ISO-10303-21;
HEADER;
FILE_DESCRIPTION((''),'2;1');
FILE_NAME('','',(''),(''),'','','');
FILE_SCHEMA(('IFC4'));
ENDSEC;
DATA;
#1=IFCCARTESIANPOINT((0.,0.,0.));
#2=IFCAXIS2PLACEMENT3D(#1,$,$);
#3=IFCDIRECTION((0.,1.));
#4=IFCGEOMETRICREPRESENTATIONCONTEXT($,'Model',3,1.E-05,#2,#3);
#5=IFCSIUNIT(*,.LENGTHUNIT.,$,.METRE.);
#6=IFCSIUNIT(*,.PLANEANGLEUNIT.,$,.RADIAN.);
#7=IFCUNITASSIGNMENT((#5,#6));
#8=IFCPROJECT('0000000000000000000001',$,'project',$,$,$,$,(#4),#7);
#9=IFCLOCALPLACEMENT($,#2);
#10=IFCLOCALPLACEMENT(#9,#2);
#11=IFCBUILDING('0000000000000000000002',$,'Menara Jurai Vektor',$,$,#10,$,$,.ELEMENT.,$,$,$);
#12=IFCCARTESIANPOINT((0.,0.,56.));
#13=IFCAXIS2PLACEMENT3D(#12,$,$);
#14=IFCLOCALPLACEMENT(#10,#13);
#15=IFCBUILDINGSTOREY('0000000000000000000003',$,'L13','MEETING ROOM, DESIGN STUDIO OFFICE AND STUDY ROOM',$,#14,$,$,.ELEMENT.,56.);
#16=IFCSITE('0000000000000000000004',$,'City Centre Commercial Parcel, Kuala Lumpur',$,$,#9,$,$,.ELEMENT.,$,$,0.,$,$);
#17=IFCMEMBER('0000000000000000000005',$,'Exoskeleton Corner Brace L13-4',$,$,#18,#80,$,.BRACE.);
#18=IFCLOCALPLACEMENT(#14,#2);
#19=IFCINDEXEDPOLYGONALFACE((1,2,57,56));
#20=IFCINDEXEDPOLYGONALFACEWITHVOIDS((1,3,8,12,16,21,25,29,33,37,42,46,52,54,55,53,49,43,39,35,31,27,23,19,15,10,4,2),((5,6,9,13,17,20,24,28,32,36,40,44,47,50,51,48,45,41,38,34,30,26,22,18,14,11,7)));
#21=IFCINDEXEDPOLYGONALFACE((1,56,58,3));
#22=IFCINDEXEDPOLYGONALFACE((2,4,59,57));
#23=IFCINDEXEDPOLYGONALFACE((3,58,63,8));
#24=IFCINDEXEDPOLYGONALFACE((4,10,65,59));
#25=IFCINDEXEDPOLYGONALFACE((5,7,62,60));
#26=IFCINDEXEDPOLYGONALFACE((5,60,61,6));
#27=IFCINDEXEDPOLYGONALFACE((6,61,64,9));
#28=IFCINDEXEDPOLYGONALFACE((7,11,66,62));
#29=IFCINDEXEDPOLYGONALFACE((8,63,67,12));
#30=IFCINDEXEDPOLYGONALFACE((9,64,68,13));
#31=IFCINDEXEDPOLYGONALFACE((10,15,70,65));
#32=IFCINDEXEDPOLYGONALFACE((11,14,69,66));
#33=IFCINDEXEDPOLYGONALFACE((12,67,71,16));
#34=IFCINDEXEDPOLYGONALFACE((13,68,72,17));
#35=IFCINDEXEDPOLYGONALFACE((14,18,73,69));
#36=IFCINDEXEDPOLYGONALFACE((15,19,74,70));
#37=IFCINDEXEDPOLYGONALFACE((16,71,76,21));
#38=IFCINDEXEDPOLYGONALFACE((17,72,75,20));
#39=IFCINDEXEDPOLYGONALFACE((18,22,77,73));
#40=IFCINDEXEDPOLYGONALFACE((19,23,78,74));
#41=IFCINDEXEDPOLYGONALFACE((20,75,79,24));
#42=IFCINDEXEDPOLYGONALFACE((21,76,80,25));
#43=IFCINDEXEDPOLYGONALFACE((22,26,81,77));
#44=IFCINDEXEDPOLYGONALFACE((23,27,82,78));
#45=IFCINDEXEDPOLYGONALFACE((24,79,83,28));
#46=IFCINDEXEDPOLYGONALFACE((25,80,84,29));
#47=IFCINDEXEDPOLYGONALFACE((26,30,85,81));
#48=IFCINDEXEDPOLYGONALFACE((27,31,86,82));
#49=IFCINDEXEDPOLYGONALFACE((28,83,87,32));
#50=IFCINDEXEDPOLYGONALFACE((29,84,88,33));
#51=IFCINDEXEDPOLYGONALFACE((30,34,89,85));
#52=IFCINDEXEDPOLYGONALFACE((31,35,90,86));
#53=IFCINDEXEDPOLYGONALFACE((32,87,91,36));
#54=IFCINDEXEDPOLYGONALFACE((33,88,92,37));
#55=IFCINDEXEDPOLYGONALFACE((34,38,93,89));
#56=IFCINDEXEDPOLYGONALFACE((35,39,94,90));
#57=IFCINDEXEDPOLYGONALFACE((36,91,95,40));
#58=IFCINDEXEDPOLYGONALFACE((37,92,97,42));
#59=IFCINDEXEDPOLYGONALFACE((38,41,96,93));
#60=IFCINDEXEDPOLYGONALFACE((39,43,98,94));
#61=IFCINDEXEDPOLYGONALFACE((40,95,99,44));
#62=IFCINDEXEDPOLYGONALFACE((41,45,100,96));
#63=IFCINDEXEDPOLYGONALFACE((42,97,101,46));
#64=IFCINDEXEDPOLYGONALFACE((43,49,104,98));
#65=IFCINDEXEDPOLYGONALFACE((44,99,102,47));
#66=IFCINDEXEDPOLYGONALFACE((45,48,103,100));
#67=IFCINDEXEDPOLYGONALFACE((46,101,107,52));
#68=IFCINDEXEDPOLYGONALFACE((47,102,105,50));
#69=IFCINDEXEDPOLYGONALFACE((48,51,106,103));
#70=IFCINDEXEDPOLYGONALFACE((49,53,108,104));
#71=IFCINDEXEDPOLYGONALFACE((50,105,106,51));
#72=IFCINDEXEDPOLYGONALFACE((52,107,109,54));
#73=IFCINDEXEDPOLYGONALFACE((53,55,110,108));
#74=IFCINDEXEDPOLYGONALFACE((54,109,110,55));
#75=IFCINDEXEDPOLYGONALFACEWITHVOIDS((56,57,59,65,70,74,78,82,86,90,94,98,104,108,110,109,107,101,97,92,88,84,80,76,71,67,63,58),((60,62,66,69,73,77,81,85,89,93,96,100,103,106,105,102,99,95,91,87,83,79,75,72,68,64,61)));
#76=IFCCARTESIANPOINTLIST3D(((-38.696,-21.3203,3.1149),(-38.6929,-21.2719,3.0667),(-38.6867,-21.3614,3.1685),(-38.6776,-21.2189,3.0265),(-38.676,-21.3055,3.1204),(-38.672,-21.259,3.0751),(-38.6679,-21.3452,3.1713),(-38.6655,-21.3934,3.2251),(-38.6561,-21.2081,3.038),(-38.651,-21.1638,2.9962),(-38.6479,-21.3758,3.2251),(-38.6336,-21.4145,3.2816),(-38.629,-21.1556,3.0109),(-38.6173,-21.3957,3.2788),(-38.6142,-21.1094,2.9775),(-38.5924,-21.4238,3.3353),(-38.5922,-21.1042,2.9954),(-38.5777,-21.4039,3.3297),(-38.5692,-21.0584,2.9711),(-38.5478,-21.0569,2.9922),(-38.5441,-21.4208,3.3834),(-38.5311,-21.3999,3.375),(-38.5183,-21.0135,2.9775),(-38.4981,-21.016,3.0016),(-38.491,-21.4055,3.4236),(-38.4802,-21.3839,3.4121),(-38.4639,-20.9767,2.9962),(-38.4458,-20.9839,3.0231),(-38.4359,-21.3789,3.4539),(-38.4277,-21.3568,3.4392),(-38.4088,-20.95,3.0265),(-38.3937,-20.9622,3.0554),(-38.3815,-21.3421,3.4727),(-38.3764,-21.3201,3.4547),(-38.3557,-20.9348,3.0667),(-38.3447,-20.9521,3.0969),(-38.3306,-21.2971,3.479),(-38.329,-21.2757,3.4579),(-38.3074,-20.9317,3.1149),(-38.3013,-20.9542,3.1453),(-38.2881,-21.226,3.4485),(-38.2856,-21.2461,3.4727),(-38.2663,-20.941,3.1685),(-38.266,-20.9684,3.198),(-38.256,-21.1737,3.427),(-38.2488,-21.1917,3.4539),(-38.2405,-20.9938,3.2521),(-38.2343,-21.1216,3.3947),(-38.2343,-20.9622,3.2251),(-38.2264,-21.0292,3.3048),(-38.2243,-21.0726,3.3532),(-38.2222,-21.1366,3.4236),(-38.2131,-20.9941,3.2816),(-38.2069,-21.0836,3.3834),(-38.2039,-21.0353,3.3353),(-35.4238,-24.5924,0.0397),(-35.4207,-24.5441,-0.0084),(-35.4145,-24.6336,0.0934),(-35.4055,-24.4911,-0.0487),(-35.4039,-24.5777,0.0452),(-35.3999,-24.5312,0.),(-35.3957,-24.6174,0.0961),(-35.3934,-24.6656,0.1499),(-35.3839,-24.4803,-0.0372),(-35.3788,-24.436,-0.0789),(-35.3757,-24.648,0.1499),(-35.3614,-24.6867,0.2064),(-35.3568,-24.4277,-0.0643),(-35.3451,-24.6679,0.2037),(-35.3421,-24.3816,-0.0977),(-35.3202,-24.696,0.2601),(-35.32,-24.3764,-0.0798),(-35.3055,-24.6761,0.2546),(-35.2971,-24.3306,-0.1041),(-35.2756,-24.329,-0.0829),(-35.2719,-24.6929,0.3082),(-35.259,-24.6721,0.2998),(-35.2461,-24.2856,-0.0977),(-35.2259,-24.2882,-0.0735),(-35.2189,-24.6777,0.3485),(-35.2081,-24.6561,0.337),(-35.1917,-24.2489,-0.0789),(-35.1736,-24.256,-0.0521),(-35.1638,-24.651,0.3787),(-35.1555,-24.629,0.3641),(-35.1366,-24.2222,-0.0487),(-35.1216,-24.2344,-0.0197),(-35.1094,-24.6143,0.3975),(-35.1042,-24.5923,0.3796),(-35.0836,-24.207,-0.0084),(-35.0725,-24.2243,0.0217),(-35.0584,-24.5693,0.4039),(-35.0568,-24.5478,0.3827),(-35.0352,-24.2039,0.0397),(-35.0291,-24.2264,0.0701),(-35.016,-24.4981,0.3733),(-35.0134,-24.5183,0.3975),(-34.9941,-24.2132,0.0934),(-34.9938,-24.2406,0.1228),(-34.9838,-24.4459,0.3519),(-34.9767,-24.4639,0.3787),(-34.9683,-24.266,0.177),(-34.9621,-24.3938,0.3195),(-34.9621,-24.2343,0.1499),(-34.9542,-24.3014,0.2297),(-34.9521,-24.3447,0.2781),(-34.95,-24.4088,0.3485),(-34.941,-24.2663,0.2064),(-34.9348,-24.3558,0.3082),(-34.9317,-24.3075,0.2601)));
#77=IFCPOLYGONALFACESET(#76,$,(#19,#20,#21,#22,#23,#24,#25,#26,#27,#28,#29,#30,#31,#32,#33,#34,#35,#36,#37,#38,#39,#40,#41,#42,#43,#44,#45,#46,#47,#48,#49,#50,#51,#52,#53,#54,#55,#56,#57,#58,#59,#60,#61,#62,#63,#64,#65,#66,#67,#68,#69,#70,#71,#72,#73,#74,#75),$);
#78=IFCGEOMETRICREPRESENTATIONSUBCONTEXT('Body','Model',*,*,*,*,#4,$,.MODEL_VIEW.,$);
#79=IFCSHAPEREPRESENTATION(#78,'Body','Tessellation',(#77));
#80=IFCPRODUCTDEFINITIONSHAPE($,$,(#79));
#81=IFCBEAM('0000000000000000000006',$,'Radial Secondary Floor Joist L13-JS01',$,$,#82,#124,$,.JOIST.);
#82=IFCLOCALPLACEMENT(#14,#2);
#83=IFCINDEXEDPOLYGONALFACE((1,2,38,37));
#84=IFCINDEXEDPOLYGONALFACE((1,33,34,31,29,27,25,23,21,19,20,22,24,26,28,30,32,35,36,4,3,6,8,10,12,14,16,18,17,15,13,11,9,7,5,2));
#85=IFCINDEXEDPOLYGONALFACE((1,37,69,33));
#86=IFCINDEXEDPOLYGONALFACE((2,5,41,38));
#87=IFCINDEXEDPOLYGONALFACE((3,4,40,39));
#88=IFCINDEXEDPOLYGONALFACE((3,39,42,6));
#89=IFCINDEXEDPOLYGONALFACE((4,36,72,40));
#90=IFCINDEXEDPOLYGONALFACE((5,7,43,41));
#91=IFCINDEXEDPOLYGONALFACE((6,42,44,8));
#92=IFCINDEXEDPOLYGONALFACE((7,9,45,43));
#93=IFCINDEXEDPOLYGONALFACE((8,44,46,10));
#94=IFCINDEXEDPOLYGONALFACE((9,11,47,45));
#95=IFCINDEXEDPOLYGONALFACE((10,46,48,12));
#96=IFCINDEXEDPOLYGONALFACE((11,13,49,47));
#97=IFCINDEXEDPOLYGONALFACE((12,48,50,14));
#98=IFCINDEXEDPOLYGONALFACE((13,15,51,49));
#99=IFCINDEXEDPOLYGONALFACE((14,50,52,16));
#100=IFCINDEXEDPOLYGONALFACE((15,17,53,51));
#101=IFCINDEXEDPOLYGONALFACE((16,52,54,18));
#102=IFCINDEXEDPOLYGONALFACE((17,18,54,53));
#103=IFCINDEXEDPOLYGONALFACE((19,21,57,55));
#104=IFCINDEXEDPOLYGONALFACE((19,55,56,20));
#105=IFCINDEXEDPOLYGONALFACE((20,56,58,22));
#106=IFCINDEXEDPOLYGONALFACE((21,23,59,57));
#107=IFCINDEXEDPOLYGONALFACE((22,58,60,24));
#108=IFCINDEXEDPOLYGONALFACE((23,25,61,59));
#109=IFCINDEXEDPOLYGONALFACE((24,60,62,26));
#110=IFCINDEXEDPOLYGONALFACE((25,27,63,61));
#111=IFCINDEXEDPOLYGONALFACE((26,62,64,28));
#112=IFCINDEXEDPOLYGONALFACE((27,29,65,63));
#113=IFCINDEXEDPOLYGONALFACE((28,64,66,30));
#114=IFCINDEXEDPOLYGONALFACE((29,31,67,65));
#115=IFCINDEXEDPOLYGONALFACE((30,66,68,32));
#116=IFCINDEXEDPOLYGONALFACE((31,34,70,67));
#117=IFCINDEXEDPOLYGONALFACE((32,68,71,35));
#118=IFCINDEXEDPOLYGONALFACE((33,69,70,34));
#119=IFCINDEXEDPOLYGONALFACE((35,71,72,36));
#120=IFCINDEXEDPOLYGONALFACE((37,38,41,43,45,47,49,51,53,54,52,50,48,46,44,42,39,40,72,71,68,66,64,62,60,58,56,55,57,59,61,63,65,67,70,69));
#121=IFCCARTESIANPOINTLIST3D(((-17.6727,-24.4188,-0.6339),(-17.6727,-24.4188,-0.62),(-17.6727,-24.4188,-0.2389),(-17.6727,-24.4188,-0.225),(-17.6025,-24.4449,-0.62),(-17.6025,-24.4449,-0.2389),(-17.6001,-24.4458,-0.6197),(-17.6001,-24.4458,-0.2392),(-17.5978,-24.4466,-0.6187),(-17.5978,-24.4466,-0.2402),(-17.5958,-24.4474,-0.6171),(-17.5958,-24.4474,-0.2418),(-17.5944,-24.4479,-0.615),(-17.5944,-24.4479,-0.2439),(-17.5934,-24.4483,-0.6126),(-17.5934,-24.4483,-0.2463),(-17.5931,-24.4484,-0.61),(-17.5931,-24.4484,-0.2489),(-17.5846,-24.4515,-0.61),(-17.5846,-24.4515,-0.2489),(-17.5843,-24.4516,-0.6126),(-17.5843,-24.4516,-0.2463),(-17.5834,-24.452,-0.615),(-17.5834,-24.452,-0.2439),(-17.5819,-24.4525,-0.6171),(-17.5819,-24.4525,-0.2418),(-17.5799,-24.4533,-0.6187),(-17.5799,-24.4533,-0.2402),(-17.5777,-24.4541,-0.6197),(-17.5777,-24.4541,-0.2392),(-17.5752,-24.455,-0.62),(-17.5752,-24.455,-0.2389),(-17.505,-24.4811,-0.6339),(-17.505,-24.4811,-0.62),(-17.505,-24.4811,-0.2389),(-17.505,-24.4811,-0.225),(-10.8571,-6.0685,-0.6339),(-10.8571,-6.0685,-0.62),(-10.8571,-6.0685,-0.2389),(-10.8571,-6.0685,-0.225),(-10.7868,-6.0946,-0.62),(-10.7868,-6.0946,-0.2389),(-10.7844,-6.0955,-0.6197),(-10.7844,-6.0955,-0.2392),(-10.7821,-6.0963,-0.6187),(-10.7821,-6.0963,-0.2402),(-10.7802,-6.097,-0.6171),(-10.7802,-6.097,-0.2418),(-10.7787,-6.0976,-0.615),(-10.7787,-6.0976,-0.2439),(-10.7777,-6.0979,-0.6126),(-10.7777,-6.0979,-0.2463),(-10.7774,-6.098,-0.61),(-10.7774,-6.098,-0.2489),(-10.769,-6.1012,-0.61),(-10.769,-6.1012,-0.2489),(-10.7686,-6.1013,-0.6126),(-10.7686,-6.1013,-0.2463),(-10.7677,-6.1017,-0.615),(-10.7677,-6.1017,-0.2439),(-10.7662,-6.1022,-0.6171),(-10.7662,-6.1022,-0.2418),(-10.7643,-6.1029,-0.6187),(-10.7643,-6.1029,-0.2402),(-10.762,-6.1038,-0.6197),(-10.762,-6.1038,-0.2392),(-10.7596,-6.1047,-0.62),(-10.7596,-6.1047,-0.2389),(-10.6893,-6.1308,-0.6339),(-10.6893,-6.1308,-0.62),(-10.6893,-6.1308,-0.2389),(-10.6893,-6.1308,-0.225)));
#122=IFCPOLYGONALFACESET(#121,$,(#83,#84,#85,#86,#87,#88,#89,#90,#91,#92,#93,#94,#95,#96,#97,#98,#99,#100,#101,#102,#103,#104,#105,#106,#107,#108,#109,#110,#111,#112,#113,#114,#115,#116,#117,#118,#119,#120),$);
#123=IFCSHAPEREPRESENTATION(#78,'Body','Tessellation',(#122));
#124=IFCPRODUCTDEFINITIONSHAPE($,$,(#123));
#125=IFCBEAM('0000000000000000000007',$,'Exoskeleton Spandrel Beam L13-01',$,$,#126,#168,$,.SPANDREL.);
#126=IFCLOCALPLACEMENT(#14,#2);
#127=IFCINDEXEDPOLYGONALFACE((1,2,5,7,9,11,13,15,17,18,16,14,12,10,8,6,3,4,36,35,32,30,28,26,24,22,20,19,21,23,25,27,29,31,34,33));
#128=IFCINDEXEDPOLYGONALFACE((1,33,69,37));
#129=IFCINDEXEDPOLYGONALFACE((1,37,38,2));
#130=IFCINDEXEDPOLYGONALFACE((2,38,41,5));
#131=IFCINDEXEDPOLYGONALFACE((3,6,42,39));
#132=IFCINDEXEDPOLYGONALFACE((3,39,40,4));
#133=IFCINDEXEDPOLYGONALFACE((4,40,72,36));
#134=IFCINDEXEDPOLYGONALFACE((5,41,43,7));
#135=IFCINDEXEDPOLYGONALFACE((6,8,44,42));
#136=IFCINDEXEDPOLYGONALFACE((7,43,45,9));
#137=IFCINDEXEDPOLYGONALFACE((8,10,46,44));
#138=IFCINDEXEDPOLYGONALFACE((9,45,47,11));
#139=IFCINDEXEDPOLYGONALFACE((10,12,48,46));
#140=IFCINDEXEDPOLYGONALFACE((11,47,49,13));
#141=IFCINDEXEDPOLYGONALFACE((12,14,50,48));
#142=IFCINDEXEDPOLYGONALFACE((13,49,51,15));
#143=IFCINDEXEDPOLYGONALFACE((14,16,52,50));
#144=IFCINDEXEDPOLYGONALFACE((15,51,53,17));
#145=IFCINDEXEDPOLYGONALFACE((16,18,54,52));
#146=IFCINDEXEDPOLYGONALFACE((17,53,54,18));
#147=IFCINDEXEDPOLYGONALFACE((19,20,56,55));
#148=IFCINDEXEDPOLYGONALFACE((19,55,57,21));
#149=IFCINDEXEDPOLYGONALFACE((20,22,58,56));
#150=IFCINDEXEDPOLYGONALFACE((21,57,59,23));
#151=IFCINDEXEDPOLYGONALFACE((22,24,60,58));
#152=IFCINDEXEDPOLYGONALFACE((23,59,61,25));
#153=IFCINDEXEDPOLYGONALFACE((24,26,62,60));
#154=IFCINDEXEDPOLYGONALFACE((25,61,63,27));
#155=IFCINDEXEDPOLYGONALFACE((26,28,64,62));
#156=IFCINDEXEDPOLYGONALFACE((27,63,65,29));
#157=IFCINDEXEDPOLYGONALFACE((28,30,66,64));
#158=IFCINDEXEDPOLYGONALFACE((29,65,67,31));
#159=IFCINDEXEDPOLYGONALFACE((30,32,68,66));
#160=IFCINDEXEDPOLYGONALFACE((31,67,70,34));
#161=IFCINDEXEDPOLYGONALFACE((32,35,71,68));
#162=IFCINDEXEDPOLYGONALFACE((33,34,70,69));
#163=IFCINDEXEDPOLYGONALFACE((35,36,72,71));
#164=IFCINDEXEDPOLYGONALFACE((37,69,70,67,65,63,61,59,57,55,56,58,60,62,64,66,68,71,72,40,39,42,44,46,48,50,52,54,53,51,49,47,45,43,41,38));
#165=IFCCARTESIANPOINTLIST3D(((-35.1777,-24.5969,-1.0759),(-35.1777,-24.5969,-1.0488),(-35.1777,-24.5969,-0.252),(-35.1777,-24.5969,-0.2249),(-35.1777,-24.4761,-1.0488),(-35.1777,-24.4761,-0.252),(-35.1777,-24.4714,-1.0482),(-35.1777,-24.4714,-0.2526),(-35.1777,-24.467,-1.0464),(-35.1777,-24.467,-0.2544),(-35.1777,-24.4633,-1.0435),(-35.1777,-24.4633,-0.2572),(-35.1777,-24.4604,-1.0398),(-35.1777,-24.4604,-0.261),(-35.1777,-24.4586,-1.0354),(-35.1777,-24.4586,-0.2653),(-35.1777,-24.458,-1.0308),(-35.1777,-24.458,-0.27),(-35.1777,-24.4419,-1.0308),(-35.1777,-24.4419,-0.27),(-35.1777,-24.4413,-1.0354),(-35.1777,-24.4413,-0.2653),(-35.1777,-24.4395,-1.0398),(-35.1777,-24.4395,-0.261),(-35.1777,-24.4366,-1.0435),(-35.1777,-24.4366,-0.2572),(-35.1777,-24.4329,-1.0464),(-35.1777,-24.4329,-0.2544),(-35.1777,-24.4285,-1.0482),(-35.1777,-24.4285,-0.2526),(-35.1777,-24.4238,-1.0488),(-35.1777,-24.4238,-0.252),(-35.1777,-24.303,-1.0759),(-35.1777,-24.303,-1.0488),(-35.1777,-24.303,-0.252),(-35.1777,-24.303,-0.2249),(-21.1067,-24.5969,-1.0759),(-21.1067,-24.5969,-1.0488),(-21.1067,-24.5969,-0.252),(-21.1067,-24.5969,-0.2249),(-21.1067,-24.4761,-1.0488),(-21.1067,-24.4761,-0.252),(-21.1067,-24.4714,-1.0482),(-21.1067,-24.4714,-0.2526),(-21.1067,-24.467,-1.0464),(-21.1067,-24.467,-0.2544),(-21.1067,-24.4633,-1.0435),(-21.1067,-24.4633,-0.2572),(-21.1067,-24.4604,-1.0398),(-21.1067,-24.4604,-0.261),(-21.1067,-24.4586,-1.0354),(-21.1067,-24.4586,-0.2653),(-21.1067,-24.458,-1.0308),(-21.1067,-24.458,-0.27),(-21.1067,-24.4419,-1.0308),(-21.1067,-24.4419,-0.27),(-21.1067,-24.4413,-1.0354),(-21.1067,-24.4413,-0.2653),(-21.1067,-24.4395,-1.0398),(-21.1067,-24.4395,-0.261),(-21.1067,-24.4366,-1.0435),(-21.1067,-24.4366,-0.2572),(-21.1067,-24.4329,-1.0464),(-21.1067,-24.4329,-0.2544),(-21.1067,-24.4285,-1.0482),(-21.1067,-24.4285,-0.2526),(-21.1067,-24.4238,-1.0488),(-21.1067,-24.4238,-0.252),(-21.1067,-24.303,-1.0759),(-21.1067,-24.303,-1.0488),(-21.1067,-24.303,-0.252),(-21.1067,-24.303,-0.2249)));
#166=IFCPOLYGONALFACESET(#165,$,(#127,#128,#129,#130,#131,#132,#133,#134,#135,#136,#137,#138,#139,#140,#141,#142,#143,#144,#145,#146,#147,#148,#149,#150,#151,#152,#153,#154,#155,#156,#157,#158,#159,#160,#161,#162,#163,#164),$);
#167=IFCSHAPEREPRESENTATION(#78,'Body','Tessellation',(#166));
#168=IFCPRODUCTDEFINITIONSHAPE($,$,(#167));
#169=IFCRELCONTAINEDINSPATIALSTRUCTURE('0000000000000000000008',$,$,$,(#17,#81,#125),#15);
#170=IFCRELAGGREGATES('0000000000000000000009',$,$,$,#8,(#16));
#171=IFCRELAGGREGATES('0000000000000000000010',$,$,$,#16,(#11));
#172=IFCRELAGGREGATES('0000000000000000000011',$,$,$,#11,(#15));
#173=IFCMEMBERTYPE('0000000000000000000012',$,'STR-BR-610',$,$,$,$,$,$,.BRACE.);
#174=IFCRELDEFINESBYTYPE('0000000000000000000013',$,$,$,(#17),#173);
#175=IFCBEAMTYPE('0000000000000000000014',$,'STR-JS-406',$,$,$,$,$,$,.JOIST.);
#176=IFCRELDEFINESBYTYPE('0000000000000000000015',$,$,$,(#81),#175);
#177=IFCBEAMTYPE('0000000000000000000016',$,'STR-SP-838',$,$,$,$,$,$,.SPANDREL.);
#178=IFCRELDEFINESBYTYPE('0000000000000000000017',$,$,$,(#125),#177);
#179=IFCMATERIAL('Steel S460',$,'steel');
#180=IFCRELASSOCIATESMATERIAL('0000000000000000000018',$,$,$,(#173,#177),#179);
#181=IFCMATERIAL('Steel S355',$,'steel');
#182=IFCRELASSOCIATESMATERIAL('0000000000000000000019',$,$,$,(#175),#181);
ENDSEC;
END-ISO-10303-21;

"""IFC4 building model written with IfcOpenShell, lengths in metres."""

from ifc_helpers import new_model, si_unit, direction, frame, origin, origin_2d, place, context, subcontext, project, spatial, hollow_circle, i_section, extrude, material, material_profile, profile_set, type_object, element, save


model = new_model("IFC4")

# Units and contexts
model_context = context("Model", 3, precision=1e-05, world=origin(), true_north=direction((0.0, 1.0)))
body_context = subcontext(model_context, "Body", "Model", "MODEL_VIEW")
ifc_project = project(units=[si_unit("LENGTHUNIT", "METRE"), si_unit("PLANEANGLEUNIT", "RADIAN")], contexts=[model_context])

# Site, building, storey
site_placement = place(None, origin())
site = spatial("IfcSite", under=ifc_project, at=site_placement, Name="City Centre Commercial Parcel, Kuala Lumpur", CompositionType="ELEMENT", RefElevation=0.0)
building_placement = place(site_placement, origin())
building = spatial("IfcBuilding", under=site, at=building_placement, Name="Menara Jurai Vektor", CompositionType="ELEMENT")
storey_placement = place(building_placement, frame((0.0, 0.0, 56.0)))
storey = spatial("IfcBuildingStorey", under=building, at=storey_placement, Name="L13", Description="MEETING ROOM, DESIGN STUDIO OFFICE AND STUDY ROOM", CompositionType="ELEMENT", Elevation=56.0)

# Shared definitions
ifc_material_1 = material(Name="Steel S460", Category="steel")

# Shared definitions
ifc_material_2 = material(Name="Steel S355", Category="steel")

# Member
ifc_material_profile_1 = material_profile(ifc_material_1, hollow_circle(Radius=0.3049, WallThickness=0.0249, at=origin_2d()), Name="CHS 610x25")
ifc_profile_set_1 = profile_set([ifc_material_profile_1], Name="Steel S460")
member_type_1 = type_object("IfcMemberType", Name="STR-BR-610", PredefinedType="BRACE", material=ifc_profile_set_1)
member_1_placement = place(storey_placement, frame((-35.1777, -24.45, 0.1499), z_axis=(-0.588928, 0.588928, 0.553469), x_axis=(-0.707107, -0.707107, 0.0)))
element("IfcMember", 1, at=member_1_placement, inside=storey, type_object=member_type_1, Name="Exoskeleton Corner Brace L13-4", PredefinedType="BRACE", context=body_context, shape_type="SweptSolid", body=[
    extrude(hollow_circle(Radius=0.3049, WallThickness=0.0249, at=origin_2d()), origin(), (0.0, 0.0, 1.0), 5.5562),
])

# Beams
ifc_material_profile_2 = material_profile(ifc_material_2, i_section(OverallWidth=0.179, OverallDepth=0.4089, WebThickness=0.009, FlangeThickness=0.0139, FilletRadius=0.01, at=origin_2d()), Name="UKB 406x178x67")
ifc_profile_set_2 = profile_set([ifc_material_profile_2], Name="Steel S355")
beam_type_1 = type_object("IfcBeamType", Name="STR-JS-406", PredefinedType="JOIST", material=ifc_profile_set_2)
beam_1_placement = place(storey_placement, frame((-17.5889, -24.45, -0.4294), z_axis=(0.348179, 0.937428, 0.0), x_axis=(-0.937428, 0.348179, 0.0)))
element("IfcBeam", 2, at=beam_1_placement, inside=storey, type_object=beam_type_1, Name="Radial Secondary Floor Joist L13-JS01", PredefinedType="JOIST", context=body_context, shape_type="SweptSolid", body=[
    extrude(i_section(OverallWidth=0.179, OverallDepth=0.4089, WebThickness=0.009, FlangeThickness=0.0139, FilletRadius=0.01, at=origin_2d()), origin(), (0.0, 0.0, 1.0), 19.5752),
])
ifc_material_profile_3 = material_profile(ifc_material_1, i_section(OverallWidth=0.2939, OverallDepth=0.8511, WebThickness=0.0161, FlangeThickness=0.0271, FilletRadius=0.0181, at=origin_2d()), Name="UKB 838x292x226")
ifc_profile_set_3 = profile_set([ifc_material_profile_3], Name="Steel S460")
beam_type_2 = type_object("IfcBeamType", Name="STR-SP-838", PredefinedType="SPANDREL", material=ifc_profile_set_3)
for number, where, z_axis, x_axis, name in (
    (3, (-35.1777, -24.45, -0.6504), (1.0, 0.0, 0.0), (0.0, 1.0, 0.0), "Exoskeleton Spandrel Beam L13-01"),
):
    element("IfcBeam", number, at=place(storey_placement, frame(where, z_axis=z_axis, x_axis=x_axis)), inside=storey, type_object=beam_type_2, Name=name, PredefinedType="SPANDREL", context=body_context, shape_type="SweptSolid", body=[
        extrude(i_section(OverallWidth=0.2939, OverallDepth=0.8511, WebThickness=0.0161, FlangeThickness=0.0271, FilletRadius=0.0181, at=origin_2d()), origin(), (0.0, 0.0, 1.0), 14.071),
    ])

save(model, "model.ifc")
